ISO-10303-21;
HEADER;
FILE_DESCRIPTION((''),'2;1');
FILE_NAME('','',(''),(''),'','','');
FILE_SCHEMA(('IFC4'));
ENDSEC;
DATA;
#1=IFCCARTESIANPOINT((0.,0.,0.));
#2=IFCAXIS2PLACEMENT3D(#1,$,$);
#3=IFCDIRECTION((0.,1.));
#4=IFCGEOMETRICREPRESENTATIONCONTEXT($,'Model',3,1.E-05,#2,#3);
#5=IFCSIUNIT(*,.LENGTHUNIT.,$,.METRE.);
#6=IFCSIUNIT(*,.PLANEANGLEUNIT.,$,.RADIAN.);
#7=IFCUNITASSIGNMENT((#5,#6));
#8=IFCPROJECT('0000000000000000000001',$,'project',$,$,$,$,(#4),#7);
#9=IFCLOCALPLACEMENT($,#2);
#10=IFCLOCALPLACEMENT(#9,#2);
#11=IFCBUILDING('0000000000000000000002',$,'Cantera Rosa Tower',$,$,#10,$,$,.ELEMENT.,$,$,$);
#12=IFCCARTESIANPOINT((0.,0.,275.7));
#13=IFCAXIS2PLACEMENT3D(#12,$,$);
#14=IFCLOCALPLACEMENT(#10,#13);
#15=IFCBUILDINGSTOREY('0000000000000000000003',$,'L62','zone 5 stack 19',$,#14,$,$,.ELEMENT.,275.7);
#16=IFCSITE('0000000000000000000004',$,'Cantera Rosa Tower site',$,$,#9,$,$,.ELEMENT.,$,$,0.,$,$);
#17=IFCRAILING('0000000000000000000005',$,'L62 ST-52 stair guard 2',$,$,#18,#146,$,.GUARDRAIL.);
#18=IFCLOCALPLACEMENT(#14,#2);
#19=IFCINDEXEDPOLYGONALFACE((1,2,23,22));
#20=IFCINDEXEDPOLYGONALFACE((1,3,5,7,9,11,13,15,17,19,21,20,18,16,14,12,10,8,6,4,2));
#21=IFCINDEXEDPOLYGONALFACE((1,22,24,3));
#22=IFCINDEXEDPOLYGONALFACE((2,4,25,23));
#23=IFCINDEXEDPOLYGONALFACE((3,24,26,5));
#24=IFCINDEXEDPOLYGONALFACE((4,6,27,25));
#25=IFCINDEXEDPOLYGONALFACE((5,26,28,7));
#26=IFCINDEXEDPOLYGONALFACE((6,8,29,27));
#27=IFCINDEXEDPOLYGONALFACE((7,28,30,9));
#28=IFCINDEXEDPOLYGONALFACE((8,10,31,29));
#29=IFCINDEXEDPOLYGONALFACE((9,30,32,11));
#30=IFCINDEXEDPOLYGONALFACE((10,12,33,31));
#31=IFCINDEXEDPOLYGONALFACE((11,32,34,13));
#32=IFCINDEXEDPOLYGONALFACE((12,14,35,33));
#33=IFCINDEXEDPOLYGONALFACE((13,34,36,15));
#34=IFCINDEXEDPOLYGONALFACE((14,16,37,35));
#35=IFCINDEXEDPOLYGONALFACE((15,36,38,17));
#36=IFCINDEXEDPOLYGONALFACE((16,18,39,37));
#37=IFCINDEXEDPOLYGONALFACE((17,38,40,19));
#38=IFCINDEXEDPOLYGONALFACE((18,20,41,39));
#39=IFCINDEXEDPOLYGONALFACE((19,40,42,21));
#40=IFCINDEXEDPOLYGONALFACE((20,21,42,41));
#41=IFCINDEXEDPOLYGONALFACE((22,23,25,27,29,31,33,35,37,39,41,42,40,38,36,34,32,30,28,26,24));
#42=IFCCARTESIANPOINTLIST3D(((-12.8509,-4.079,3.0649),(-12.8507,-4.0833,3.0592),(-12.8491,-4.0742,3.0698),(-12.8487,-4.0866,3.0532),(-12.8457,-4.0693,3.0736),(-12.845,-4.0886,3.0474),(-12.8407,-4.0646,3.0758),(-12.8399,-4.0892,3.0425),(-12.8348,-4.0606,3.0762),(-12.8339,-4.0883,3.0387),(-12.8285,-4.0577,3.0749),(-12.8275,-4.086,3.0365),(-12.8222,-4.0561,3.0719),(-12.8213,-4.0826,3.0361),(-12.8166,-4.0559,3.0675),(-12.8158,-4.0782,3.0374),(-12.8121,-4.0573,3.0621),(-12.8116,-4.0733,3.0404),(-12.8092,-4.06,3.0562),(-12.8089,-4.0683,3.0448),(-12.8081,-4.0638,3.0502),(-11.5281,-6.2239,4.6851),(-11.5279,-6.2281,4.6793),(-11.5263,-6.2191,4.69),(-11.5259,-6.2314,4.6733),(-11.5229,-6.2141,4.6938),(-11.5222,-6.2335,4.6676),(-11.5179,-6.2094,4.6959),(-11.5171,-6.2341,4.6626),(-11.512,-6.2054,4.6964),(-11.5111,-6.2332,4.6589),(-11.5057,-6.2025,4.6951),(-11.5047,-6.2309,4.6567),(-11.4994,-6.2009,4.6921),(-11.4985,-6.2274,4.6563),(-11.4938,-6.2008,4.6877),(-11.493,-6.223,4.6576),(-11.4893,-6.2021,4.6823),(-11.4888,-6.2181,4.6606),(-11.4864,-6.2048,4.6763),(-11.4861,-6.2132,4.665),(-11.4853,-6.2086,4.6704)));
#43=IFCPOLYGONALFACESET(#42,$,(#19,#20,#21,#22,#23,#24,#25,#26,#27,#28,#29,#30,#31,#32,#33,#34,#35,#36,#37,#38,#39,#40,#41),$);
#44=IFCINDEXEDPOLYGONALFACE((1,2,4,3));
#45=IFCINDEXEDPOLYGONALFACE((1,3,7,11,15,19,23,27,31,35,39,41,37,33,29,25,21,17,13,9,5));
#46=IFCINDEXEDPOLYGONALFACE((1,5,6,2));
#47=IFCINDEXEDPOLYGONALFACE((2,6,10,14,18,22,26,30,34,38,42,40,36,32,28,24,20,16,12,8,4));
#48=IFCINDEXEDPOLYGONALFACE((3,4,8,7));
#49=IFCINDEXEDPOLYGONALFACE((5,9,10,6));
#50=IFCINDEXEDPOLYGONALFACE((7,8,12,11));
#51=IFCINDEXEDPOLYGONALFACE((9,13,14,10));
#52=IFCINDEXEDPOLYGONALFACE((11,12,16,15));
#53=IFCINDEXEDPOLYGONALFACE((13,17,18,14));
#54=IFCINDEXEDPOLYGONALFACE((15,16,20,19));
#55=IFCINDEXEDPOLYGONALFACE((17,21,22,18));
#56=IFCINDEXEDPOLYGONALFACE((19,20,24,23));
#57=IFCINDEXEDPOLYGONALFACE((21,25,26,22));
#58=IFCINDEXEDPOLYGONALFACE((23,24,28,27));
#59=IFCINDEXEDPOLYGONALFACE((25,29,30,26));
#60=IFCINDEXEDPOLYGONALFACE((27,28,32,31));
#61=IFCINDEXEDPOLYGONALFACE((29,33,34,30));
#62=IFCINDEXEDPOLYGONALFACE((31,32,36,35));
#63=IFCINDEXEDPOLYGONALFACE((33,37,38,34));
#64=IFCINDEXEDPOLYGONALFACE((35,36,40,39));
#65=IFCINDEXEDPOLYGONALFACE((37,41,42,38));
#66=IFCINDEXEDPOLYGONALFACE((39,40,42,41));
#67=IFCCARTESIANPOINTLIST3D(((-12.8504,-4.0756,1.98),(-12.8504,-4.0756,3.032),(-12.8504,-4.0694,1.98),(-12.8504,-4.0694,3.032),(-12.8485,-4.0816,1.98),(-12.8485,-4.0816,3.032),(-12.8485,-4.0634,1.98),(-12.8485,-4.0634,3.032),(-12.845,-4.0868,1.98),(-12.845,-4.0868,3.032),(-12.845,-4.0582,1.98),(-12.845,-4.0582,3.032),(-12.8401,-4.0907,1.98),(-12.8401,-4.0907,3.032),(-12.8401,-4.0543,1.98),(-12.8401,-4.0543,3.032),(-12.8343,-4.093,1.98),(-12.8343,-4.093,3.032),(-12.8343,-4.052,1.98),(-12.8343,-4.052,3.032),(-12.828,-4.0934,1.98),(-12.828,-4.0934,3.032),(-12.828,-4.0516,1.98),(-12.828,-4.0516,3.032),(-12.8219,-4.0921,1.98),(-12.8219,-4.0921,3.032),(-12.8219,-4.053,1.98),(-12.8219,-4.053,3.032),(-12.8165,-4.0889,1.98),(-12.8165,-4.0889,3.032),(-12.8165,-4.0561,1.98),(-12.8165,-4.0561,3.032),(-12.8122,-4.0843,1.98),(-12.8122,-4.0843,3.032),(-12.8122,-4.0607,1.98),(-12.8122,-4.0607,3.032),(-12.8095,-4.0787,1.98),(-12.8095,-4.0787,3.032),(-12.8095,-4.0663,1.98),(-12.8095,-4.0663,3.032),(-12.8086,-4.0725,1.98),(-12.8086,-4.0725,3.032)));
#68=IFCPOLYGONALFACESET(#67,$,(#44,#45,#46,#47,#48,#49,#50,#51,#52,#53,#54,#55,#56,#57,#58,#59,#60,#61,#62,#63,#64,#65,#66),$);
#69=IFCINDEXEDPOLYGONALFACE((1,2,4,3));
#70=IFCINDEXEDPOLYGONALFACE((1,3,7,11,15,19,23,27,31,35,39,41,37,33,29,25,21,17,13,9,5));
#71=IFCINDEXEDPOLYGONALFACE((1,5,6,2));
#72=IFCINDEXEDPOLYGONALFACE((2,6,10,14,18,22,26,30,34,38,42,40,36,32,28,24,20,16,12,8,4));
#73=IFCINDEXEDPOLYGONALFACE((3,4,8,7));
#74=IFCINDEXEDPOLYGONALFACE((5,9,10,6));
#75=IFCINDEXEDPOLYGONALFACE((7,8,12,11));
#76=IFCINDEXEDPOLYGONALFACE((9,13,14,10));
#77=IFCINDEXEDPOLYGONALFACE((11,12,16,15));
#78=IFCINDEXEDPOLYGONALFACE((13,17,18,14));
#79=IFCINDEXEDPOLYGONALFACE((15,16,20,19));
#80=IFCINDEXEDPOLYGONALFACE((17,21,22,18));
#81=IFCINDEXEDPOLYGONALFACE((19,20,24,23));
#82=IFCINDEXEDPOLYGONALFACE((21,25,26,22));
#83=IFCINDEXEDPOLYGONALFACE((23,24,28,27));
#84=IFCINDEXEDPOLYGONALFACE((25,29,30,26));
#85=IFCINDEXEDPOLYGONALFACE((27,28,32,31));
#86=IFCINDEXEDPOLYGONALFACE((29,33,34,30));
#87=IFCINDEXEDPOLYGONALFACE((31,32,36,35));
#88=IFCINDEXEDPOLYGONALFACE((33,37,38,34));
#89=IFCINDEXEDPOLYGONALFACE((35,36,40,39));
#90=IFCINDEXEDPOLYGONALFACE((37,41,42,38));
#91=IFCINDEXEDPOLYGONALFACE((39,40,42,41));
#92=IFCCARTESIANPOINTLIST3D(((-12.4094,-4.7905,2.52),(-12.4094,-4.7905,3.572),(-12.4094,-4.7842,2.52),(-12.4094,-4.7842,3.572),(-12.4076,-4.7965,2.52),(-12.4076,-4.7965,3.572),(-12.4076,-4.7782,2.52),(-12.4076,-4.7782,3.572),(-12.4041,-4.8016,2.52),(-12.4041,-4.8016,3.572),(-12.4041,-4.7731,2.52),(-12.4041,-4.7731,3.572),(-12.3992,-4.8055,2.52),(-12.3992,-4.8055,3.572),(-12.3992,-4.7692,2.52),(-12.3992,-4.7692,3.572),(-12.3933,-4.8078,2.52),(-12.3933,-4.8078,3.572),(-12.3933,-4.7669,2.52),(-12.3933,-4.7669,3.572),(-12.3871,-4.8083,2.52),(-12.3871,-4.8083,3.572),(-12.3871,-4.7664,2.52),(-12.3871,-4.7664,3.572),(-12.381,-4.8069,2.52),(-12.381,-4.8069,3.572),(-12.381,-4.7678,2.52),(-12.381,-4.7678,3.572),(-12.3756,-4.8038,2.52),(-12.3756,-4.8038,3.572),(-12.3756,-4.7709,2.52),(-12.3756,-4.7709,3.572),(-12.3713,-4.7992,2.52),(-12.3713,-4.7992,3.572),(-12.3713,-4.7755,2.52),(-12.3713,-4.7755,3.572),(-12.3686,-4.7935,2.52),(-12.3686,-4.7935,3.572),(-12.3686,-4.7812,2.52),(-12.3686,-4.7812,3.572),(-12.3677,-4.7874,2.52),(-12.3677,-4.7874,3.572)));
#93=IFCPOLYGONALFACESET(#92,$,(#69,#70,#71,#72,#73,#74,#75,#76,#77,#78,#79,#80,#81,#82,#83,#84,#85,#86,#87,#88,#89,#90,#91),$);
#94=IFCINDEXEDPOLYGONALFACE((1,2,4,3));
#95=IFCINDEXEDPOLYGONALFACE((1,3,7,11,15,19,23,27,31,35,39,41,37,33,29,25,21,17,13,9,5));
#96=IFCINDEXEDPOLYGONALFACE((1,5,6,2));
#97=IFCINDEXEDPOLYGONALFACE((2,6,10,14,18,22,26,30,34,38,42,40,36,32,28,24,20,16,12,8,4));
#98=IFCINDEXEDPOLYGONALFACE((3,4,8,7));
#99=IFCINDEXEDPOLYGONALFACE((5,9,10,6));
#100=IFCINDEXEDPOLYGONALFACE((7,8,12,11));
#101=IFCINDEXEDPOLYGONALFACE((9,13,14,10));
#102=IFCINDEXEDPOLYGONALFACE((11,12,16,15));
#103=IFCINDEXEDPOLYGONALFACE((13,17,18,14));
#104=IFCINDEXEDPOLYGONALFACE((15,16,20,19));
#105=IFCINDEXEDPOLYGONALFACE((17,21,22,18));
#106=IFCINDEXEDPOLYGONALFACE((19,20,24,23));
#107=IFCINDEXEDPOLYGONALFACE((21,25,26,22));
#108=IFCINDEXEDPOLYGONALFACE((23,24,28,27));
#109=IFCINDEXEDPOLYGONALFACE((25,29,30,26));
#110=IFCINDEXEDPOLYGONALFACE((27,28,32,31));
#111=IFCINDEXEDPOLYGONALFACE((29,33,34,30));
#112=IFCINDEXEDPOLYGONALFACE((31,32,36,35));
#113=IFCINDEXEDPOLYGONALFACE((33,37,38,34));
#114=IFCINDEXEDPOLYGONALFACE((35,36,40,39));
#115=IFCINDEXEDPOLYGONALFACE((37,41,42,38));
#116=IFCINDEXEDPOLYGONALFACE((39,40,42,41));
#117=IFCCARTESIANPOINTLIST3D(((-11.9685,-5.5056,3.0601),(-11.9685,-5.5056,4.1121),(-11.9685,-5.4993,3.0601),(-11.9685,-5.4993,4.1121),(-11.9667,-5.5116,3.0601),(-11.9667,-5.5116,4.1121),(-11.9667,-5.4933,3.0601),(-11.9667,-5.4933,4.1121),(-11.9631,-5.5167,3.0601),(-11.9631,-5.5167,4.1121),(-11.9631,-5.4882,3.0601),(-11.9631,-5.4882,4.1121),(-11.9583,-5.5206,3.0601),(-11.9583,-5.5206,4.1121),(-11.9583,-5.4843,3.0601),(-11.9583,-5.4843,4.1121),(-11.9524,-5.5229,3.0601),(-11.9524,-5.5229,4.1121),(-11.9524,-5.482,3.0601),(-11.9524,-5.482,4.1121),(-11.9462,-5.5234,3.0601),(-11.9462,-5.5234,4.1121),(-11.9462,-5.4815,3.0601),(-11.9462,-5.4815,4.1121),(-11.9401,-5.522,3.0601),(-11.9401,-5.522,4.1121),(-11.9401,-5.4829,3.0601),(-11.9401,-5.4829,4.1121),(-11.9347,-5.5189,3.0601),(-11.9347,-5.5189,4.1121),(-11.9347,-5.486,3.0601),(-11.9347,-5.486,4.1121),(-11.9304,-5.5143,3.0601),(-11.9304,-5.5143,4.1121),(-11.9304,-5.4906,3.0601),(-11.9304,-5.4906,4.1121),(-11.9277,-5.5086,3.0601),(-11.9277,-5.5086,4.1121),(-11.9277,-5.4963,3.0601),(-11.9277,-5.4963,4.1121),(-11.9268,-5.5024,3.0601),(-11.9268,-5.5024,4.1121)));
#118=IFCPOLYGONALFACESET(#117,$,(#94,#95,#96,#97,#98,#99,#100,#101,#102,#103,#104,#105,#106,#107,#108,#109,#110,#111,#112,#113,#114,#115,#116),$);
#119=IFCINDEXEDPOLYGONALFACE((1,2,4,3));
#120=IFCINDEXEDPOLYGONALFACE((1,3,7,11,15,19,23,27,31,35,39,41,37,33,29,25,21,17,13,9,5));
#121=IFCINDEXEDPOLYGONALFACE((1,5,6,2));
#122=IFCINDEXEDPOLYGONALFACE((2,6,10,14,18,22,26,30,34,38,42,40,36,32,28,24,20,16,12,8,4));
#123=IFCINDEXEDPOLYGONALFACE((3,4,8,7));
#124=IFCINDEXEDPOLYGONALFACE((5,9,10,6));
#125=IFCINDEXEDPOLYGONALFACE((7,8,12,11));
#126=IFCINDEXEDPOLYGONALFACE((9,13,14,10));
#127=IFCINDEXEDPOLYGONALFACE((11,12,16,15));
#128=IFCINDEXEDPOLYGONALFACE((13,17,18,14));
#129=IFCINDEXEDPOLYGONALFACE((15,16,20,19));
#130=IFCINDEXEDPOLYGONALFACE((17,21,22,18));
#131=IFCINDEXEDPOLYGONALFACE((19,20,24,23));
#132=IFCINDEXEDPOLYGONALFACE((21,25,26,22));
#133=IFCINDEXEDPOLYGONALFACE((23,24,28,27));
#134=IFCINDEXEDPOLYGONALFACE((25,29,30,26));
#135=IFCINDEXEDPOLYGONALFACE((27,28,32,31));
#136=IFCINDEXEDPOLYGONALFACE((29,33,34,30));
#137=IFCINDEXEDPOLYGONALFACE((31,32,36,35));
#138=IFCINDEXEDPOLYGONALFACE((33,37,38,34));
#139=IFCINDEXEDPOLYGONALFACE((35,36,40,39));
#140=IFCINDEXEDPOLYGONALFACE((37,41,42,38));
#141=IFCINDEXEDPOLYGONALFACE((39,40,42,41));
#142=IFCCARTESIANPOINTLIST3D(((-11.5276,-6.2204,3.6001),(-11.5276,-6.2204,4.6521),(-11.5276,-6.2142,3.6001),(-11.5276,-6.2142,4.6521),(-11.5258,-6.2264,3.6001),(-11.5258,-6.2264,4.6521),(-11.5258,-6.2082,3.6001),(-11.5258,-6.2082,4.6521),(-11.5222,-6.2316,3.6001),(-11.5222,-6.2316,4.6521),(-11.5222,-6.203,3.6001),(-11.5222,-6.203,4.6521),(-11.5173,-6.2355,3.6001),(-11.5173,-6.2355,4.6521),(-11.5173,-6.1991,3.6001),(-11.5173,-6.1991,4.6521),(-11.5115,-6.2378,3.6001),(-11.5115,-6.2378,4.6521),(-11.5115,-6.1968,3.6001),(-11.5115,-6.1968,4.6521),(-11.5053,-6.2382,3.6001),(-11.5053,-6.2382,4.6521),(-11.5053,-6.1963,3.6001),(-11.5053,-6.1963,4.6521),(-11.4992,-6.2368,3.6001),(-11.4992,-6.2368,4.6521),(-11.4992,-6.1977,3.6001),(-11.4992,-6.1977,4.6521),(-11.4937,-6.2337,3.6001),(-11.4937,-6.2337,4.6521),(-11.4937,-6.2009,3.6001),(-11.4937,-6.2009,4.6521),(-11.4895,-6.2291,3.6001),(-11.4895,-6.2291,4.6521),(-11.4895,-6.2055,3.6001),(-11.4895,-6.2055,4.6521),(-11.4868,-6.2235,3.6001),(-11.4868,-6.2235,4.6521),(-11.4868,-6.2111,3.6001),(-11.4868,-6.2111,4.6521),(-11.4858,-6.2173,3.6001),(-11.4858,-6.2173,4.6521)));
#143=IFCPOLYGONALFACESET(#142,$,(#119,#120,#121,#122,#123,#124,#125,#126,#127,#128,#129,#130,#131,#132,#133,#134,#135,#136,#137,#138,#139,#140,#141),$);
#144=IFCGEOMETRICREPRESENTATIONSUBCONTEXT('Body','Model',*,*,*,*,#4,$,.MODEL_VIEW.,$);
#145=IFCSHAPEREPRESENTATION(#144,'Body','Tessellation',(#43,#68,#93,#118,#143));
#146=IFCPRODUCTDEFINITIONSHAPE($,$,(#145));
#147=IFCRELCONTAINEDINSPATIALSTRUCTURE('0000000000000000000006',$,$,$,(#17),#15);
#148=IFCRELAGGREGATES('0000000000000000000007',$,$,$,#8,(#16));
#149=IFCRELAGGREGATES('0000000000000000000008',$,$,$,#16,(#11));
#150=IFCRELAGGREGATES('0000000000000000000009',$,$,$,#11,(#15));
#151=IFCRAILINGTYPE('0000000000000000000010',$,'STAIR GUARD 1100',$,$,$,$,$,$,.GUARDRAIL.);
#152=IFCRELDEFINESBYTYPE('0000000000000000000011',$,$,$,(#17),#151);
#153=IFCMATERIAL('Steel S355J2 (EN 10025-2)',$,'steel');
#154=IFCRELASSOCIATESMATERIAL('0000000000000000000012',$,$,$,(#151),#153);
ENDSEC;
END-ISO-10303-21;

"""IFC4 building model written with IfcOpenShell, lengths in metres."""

from ifc_helpers import new_model, si_unit, direction, frame, origin, origin_2d, place, context, subcontext, project, spatial, circle, extrude, material, type_object, element, save


model = new_model("IFC4")

# Units and contexts
model_context = context("Model", 3, precision=1e-05, world=origin(), true_north=direction((0.0, 1.0)))
body_context = subcontext(model_context, "Body", "Model", "MODEL_VIEW")
ifc_project = project(units=[si_unit("LENGTHUNIT", "METRE"), si_unit("PLANEANGLEUNIT", "RADIAN")], contexts=[model_context])

# Site, building, storey
site_placement = place(None, origin())
site = spatial("IfcSite", under=ifc_project, at=site_placement, Name="Cantera Rosa Tower site", CompositionType="ELEMENT", RefElevation=0.0)
building_placement = place(site_placement, origin())
building = spatial("IfcBuilding", under=site, at=building_placement, Name="Cantera Rosa Tower", CompositionType="ELEMENT")
storey_placement = place(building_placement, frame((0.0, 0.0, 275.7)))
storey = spatial("IfcBuildingStorey", under=building, at=storey_placement, Name="L62", Description="zone 5 stack 19", CompositionType="ELEMENT", Elevation=275.7)

# Railing
ifc_material_1 = material(Name="Steel S355J2 (EN 10025-2)", Category="steel")
railing_type_1 = type_object("IfcRailingType", Name="STAIR GUARD 1100", PredefinedType="GUARDRAIL", material=ifc_material_1)
railing_1_placement = place(storey_placement, frame((-12.8296, -4.0725, 1.98)))
element("IfcRailing", 1, at=railing_1_placement, inside=storey, type_object=railing_type_1, Name="L62 ST-52 stair guard 2", PredefinedType="GUARDRAIL", context=body_context, shape_type="SweptSolid", body=[
    extrude(circle(Radius=0.0239, at=origin_2d()), frame((0.0, 0.0, 1.0762), z_axis=(0.441543, -0.715939, 0.540805), x_axis=(0.851146, 0.52493, 0.0)), (0.0, 0.0, 1.0), 2.9958),
    extrude(circle(Radius=0.021, at=origin_2d()), origin(), (0.0, 0.0, 1.0), 1.052),
    extrude(circle(Radius=0.021, at=origin_2d()), frame((0.4409, -0.7148, 0.54)), (0.0, 0.0, 1.0), 1.052),
    extrude(circle(Radius=0.021, at=origin_2d()), frame((0.8818, -1.4299, 1.0801)), (0.0, 0.0, 1.0), 1.052),
    extrude(circle(Radius=0.021, at=origin_2d()), frame((1.3228, -2.1448, 1.6201)), (0.0, 0.0, 1.0), 1.052),
])

save(model, "model.ifc")
